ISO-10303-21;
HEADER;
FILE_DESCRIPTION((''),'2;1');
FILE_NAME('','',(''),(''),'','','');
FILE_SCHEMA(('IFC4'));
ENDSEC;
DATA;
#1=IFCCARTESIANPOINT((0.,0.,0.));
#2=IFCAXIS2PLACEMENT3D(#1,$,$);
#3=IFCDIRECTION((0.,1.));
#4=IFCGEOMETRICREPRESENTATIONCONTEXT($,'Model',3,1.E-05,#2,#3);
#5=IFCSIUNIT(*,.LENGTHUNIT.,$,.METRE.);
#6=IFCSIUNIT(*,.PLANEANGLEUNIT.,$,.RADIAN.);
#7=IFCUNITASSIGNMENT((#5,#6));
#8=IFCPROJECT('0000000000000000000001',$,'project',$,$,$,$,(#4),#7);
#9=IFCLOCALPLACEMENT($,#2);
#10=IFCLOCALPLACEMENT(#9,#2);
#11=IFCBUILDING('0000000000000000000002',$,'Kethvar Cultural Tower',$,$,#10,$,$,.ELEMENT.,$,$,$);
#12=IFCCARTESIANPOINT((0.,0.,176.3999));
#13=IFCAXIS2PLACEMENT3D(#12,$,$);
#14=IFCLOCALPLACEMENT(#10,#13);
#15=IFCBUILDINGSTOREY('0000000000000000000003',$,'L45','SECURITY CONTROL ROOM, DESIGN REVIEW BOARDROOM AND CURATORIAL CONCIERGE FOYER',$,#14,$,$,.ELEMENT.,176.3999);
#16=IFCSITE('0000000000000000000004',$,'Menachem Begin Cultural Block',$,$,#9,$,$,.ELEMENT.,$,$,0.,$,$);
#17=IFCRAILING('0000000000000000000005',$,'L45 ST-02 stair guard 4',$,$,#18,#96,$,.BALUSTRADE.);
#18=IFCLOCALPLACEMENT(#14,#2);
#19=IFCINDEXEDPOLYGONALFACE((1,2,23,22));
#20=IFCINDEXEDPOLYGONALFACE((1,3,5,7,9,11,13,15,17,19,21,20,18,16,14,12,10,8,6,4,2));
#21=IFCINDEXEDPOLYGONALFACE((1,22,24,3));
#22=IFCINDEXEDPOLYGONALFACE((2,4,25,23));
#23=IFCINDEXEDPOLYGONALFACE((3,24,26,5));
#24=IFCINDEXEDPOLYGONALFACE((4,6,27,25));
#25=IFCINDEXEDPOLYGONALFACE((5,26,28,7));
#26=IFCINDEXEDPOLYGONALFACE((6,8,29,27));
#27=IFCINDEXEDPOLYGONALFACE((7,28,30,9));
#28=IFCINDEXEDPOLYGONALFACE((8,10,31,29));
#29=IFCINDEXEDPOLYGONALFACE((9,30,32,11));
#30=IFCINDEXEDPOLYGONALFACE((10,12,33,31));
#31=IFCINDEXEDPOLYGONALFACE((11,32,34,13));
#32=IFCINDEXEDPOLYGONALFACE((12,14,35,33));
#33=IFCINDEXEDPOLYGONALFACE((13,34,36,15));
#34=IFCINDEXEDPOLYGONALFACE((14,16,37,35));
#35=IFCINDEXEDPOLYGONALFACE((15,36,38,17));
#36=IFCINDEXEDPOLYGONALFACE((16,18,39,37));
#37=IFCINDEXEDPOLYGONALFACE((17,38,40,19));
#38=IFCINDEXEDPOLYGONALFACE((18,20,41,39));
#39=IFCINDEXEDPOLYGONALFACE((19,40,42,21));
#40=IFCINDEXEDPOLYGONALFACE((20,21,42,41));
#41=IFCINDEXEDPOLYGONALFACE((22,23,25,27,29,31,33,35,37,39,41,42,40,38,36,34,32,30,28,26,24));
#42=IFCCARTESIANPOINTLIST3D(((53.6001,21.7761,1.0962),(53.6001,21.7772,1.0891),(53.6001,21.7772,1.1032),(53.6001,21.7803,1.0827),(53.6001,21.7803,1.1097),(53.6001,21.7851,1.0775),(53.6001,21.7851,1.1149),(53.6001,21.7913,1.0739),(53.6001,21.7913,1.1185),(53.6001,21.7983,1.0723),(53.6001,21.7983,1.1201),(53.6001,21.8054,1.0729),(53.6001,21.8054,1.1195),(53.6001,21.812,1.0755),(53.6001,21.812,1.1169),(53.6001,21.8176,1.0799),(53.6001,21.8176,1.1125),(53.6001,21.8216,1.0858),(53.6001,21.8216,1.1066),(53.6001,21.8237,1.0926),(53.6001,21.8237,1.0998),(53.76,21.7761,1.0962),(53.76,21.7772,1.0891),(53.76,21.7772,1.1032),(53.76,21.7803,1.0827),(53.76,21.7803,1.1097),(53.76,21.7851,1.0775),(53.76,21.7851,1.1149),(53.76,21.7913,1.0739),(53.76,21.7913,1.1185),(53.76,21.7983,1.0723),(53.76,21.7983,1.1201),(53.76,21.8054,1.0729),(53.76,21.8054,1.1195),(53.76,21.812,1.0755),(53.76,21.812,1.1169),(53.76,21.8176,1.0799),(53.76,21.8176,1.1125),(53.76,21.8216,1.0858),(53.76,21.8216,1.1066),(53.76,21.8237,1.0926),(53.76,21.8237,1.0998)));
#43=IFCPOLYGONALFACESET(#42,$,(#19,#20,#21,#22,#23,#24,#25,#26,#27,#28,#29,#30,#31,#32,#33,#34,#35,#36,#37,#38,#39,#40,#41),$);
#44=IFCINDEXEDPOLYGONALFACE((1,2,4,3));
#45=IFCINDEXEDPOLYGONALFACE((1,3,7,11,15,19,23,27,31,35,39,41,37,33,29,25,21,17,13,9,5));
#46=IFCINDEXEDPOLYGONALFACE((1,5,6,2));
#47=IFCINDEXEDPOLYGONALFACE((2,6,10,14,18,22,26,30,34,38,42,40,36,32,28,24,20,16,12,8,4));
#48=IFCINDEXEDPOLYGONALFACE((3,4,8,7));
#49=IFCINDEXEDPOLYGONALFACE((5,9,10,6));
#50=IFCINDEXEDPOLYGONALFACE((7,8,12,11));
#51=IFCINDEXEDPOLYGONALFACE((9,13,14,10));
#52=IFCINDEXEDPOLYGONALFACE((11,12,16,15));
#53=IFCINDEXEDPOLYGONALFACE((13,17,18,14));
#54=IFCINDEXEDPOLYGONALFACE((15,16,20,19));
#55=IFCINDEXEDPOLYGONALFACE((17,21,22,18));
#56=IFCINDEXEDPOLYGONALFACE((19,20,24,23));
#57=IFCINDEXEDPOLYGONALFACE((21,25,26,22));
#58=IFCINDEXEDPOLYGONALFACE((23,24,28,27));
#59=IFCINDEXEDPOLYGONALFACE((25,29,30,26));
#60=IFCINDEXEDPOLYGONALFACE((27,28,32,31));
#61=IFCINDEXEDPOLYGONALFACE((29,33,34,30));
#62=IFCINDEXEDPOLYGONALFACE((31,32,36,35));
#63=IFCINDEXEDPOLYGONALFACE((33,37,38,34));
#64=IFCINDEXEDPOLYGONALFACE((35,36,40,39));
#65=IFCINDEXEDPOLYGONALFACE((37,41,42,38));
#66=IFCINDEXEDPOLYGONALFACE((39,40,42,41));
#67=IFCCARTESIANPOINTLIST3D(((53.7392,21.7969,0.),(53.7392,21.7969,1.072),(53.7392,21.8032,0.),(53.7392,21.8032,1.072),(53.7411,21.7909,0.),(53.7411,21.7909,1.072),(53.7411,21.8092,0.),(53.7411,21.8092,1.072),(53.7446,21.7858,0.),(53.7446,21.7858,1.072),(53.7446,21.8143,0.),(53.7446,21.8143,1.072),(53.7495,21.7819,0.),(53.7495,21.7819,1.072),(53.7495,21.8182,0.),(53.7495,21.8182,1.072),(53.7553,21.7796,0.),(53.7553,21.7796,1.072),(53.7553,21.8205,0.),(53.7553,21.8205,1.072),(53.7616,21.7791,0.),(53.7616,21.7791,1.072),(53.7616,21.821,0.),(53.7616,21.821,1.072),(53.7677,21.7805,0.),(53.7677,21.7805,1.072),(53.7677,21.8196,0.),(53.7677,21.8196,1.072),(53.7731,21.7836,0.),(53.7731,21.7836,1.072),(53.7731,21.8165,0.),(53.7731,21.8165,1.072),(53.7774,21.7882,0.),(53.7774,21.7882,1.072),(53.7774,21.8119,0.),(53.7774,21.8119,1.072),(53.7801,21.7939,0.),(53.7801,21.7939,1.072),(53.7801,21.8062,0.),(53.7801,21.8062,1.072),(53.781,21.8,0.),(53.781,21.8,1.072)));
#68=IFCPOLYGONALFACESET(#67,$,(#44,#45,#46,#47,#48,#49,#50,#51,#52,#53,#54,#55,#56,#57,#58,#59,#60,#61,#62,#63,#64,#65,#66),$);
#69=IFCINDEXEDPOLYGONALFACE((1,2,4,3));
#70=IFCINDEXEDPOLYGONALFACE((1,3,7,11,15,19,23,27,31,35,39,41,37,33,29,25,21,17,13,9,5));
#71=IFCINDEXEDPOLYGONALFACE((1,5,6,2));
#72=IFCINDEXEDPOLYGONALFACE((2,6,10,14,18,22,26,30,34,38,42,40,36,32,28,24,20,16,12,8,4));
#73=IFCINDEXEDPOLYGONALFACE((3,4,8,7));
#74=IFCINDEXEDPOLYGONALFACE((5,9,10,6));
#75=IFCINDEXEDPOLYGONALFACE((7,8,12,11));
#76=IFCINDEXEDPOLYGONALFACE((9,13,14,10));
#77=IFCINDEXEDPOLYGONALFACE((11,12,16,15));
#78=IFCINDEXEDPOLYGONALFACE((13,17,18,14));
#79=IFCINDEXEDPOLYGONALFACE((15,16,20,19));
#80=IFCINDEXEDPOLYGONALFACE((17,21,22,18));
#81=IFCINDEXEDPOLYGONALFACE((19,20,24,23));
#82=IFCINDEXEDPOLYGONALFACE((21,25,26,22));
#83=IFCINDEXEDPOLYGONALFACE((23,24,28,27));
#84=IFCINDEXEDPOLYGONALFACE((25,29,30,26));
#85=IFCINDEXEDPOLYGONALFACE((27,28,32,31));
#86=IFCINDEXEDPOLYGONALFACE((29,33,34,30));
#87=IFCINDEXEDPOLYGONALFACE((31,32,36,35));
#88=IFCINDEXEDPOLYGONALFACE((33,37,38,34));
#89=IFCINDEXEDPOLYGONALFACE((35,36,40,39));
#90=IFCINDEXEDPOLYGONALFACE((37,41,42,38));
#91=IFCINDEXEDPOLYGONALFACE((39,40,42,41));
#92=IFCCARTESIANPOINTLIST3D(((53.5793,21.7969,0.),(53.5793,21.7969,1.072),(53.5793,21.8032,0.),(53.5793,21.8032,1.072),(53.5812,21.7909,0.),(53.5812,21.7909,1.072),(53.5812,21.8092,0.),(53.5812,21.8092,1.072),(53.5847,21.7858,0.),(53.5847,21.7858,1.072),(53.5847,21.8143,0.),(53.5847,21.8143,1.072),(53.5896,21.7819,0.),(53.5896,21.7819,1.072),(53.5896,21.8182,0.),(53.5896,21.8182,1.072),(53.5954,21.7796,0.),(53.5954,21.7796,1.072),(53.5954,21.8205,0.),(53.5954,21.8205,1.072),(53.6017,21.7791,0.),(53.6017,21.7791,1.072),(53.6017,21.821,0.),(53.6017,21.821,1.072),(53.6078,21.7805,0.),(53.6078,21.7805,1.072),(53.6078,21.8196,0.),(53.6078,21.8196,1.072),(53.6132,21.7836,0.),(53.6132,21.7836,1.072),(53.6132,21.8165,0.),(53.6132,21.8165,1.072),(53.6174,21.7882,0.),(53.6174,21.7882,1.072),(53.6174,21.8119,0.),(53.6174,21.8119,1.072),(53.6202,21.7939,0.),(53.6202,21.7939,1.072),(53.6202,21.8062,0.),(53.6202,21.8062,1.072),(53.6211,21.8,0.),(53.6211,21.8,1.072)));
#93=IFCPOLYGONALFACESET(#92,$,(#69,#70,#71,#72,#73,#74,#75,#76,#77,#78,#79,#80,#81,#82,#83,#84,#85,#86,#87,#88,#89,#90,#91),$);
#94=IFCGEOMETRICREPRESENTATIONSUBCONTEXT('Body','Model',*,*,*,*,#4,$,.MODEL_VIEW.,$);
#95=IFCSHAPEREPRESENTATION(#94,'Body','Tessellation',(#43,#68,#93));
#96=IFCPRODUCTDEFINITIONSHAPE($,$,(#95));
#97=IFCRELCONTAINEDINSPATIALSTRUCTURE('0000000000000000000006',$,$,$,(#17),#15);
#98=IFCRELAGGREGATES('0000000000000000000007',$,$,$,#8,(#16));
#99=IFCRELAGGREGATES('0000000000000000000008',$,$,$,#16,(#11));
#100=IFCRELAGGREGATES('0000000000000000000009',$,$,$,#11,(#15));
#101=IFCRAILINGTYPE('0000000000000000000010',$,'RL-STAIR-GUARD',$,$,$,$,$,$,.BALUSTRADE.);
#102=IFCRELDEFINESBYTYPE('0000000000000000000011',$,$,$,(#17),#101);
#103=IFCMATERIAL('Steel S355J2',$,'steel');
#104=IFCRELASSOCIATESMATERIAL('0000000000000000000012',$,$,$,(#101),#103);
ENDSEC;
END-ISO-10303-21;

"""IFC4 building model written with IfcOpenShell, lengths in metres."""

from ifc_helpers import new_model, si_unit, direction, frame, origin, origin_2d, place, context, subcontext, project, spatial, circle, extrude, material, type_object, element, save


model = new_model("IFC4")

# Units and contexts
model_context = context("Model", 3, precision=1e-05, world=origin(), true_north=direction((0.0, 1.0)))
body_context = subcontext(model_context, "Body", "Model", "MODEL_VIEW")
ifc_project = project(units=[si_unit("LENGTHUNIT", "METRE"), si_unit("PLANEANGLEUNIT", "RADIAN")], contexts=[model_context])

# Site, building, storey
site_placement = place(None, origin())
site = spatial("IfcSite", under=ifc_project, at=site_placement, Name="Menachem Begin Cultural Block", CompositionType="ELEMENT", RefElevation=0.0)
building_placement = place(site_placement, origin())
building = spatial("IfcBuilding", under=site, at=building_placement, Name="Kethvar Cultural Tower", CompositionType="ELEMENT")
storey_placement = place(building_placement, frame((0.0, 0.0, 176.3999)))
storey = spatial("IfcBuildingStorey", under=building, at=storey_placement, Name="L45", Description="SECURITY CONTROL ROOM, DESIGN REVIEW BOARDROOM AND CURATORIAL CONCIERGE FOYER", CompositionType="ELEMENT", Elevation=176.3999)

# Shared definitions
ifc_material_1 = material(Name="Steel S355J2", Category="steel")

# Railing
railing_type_1 = type_object("IfcRailingType", Name="RL-STAIR-GUARD", PredefinedType="BALUSTRADE", material=ifc_material_1)
railing_1_placement = place(storey_placement, frame((53.76, 21.8, 0.0)))
element("IfcRailing", 1, at=railing_1_placement, inside=storey, type_object=railing_type_1, Name="L45 ST-02 stair guard 4", PredefinedType="BALUSTRADE", context=body_context, shape_type="SweptSolid", body=[
    extrude(circle(Radius=0.0239, at=origin_2d()), frame((0.0, 0.0, 1.0962), z_axis=(-1.0, 0.0, 0.0), x_axis=(0.0, -1.0, 0.0)), (0.0, 0.0, 1.0), 0.1599),
    extrude(circle(Radius=0.021, at=origin_2d()), origin(), (0.0, 0.0, 1.0), 1.072),
    extrude(circle(Radius=0.021, at=origin_2d()), frame((-0.1599, 0.0, 0.0)), (0.0, 0.0, 1.0), 1.072),
])

save(model, "model.ifc")
